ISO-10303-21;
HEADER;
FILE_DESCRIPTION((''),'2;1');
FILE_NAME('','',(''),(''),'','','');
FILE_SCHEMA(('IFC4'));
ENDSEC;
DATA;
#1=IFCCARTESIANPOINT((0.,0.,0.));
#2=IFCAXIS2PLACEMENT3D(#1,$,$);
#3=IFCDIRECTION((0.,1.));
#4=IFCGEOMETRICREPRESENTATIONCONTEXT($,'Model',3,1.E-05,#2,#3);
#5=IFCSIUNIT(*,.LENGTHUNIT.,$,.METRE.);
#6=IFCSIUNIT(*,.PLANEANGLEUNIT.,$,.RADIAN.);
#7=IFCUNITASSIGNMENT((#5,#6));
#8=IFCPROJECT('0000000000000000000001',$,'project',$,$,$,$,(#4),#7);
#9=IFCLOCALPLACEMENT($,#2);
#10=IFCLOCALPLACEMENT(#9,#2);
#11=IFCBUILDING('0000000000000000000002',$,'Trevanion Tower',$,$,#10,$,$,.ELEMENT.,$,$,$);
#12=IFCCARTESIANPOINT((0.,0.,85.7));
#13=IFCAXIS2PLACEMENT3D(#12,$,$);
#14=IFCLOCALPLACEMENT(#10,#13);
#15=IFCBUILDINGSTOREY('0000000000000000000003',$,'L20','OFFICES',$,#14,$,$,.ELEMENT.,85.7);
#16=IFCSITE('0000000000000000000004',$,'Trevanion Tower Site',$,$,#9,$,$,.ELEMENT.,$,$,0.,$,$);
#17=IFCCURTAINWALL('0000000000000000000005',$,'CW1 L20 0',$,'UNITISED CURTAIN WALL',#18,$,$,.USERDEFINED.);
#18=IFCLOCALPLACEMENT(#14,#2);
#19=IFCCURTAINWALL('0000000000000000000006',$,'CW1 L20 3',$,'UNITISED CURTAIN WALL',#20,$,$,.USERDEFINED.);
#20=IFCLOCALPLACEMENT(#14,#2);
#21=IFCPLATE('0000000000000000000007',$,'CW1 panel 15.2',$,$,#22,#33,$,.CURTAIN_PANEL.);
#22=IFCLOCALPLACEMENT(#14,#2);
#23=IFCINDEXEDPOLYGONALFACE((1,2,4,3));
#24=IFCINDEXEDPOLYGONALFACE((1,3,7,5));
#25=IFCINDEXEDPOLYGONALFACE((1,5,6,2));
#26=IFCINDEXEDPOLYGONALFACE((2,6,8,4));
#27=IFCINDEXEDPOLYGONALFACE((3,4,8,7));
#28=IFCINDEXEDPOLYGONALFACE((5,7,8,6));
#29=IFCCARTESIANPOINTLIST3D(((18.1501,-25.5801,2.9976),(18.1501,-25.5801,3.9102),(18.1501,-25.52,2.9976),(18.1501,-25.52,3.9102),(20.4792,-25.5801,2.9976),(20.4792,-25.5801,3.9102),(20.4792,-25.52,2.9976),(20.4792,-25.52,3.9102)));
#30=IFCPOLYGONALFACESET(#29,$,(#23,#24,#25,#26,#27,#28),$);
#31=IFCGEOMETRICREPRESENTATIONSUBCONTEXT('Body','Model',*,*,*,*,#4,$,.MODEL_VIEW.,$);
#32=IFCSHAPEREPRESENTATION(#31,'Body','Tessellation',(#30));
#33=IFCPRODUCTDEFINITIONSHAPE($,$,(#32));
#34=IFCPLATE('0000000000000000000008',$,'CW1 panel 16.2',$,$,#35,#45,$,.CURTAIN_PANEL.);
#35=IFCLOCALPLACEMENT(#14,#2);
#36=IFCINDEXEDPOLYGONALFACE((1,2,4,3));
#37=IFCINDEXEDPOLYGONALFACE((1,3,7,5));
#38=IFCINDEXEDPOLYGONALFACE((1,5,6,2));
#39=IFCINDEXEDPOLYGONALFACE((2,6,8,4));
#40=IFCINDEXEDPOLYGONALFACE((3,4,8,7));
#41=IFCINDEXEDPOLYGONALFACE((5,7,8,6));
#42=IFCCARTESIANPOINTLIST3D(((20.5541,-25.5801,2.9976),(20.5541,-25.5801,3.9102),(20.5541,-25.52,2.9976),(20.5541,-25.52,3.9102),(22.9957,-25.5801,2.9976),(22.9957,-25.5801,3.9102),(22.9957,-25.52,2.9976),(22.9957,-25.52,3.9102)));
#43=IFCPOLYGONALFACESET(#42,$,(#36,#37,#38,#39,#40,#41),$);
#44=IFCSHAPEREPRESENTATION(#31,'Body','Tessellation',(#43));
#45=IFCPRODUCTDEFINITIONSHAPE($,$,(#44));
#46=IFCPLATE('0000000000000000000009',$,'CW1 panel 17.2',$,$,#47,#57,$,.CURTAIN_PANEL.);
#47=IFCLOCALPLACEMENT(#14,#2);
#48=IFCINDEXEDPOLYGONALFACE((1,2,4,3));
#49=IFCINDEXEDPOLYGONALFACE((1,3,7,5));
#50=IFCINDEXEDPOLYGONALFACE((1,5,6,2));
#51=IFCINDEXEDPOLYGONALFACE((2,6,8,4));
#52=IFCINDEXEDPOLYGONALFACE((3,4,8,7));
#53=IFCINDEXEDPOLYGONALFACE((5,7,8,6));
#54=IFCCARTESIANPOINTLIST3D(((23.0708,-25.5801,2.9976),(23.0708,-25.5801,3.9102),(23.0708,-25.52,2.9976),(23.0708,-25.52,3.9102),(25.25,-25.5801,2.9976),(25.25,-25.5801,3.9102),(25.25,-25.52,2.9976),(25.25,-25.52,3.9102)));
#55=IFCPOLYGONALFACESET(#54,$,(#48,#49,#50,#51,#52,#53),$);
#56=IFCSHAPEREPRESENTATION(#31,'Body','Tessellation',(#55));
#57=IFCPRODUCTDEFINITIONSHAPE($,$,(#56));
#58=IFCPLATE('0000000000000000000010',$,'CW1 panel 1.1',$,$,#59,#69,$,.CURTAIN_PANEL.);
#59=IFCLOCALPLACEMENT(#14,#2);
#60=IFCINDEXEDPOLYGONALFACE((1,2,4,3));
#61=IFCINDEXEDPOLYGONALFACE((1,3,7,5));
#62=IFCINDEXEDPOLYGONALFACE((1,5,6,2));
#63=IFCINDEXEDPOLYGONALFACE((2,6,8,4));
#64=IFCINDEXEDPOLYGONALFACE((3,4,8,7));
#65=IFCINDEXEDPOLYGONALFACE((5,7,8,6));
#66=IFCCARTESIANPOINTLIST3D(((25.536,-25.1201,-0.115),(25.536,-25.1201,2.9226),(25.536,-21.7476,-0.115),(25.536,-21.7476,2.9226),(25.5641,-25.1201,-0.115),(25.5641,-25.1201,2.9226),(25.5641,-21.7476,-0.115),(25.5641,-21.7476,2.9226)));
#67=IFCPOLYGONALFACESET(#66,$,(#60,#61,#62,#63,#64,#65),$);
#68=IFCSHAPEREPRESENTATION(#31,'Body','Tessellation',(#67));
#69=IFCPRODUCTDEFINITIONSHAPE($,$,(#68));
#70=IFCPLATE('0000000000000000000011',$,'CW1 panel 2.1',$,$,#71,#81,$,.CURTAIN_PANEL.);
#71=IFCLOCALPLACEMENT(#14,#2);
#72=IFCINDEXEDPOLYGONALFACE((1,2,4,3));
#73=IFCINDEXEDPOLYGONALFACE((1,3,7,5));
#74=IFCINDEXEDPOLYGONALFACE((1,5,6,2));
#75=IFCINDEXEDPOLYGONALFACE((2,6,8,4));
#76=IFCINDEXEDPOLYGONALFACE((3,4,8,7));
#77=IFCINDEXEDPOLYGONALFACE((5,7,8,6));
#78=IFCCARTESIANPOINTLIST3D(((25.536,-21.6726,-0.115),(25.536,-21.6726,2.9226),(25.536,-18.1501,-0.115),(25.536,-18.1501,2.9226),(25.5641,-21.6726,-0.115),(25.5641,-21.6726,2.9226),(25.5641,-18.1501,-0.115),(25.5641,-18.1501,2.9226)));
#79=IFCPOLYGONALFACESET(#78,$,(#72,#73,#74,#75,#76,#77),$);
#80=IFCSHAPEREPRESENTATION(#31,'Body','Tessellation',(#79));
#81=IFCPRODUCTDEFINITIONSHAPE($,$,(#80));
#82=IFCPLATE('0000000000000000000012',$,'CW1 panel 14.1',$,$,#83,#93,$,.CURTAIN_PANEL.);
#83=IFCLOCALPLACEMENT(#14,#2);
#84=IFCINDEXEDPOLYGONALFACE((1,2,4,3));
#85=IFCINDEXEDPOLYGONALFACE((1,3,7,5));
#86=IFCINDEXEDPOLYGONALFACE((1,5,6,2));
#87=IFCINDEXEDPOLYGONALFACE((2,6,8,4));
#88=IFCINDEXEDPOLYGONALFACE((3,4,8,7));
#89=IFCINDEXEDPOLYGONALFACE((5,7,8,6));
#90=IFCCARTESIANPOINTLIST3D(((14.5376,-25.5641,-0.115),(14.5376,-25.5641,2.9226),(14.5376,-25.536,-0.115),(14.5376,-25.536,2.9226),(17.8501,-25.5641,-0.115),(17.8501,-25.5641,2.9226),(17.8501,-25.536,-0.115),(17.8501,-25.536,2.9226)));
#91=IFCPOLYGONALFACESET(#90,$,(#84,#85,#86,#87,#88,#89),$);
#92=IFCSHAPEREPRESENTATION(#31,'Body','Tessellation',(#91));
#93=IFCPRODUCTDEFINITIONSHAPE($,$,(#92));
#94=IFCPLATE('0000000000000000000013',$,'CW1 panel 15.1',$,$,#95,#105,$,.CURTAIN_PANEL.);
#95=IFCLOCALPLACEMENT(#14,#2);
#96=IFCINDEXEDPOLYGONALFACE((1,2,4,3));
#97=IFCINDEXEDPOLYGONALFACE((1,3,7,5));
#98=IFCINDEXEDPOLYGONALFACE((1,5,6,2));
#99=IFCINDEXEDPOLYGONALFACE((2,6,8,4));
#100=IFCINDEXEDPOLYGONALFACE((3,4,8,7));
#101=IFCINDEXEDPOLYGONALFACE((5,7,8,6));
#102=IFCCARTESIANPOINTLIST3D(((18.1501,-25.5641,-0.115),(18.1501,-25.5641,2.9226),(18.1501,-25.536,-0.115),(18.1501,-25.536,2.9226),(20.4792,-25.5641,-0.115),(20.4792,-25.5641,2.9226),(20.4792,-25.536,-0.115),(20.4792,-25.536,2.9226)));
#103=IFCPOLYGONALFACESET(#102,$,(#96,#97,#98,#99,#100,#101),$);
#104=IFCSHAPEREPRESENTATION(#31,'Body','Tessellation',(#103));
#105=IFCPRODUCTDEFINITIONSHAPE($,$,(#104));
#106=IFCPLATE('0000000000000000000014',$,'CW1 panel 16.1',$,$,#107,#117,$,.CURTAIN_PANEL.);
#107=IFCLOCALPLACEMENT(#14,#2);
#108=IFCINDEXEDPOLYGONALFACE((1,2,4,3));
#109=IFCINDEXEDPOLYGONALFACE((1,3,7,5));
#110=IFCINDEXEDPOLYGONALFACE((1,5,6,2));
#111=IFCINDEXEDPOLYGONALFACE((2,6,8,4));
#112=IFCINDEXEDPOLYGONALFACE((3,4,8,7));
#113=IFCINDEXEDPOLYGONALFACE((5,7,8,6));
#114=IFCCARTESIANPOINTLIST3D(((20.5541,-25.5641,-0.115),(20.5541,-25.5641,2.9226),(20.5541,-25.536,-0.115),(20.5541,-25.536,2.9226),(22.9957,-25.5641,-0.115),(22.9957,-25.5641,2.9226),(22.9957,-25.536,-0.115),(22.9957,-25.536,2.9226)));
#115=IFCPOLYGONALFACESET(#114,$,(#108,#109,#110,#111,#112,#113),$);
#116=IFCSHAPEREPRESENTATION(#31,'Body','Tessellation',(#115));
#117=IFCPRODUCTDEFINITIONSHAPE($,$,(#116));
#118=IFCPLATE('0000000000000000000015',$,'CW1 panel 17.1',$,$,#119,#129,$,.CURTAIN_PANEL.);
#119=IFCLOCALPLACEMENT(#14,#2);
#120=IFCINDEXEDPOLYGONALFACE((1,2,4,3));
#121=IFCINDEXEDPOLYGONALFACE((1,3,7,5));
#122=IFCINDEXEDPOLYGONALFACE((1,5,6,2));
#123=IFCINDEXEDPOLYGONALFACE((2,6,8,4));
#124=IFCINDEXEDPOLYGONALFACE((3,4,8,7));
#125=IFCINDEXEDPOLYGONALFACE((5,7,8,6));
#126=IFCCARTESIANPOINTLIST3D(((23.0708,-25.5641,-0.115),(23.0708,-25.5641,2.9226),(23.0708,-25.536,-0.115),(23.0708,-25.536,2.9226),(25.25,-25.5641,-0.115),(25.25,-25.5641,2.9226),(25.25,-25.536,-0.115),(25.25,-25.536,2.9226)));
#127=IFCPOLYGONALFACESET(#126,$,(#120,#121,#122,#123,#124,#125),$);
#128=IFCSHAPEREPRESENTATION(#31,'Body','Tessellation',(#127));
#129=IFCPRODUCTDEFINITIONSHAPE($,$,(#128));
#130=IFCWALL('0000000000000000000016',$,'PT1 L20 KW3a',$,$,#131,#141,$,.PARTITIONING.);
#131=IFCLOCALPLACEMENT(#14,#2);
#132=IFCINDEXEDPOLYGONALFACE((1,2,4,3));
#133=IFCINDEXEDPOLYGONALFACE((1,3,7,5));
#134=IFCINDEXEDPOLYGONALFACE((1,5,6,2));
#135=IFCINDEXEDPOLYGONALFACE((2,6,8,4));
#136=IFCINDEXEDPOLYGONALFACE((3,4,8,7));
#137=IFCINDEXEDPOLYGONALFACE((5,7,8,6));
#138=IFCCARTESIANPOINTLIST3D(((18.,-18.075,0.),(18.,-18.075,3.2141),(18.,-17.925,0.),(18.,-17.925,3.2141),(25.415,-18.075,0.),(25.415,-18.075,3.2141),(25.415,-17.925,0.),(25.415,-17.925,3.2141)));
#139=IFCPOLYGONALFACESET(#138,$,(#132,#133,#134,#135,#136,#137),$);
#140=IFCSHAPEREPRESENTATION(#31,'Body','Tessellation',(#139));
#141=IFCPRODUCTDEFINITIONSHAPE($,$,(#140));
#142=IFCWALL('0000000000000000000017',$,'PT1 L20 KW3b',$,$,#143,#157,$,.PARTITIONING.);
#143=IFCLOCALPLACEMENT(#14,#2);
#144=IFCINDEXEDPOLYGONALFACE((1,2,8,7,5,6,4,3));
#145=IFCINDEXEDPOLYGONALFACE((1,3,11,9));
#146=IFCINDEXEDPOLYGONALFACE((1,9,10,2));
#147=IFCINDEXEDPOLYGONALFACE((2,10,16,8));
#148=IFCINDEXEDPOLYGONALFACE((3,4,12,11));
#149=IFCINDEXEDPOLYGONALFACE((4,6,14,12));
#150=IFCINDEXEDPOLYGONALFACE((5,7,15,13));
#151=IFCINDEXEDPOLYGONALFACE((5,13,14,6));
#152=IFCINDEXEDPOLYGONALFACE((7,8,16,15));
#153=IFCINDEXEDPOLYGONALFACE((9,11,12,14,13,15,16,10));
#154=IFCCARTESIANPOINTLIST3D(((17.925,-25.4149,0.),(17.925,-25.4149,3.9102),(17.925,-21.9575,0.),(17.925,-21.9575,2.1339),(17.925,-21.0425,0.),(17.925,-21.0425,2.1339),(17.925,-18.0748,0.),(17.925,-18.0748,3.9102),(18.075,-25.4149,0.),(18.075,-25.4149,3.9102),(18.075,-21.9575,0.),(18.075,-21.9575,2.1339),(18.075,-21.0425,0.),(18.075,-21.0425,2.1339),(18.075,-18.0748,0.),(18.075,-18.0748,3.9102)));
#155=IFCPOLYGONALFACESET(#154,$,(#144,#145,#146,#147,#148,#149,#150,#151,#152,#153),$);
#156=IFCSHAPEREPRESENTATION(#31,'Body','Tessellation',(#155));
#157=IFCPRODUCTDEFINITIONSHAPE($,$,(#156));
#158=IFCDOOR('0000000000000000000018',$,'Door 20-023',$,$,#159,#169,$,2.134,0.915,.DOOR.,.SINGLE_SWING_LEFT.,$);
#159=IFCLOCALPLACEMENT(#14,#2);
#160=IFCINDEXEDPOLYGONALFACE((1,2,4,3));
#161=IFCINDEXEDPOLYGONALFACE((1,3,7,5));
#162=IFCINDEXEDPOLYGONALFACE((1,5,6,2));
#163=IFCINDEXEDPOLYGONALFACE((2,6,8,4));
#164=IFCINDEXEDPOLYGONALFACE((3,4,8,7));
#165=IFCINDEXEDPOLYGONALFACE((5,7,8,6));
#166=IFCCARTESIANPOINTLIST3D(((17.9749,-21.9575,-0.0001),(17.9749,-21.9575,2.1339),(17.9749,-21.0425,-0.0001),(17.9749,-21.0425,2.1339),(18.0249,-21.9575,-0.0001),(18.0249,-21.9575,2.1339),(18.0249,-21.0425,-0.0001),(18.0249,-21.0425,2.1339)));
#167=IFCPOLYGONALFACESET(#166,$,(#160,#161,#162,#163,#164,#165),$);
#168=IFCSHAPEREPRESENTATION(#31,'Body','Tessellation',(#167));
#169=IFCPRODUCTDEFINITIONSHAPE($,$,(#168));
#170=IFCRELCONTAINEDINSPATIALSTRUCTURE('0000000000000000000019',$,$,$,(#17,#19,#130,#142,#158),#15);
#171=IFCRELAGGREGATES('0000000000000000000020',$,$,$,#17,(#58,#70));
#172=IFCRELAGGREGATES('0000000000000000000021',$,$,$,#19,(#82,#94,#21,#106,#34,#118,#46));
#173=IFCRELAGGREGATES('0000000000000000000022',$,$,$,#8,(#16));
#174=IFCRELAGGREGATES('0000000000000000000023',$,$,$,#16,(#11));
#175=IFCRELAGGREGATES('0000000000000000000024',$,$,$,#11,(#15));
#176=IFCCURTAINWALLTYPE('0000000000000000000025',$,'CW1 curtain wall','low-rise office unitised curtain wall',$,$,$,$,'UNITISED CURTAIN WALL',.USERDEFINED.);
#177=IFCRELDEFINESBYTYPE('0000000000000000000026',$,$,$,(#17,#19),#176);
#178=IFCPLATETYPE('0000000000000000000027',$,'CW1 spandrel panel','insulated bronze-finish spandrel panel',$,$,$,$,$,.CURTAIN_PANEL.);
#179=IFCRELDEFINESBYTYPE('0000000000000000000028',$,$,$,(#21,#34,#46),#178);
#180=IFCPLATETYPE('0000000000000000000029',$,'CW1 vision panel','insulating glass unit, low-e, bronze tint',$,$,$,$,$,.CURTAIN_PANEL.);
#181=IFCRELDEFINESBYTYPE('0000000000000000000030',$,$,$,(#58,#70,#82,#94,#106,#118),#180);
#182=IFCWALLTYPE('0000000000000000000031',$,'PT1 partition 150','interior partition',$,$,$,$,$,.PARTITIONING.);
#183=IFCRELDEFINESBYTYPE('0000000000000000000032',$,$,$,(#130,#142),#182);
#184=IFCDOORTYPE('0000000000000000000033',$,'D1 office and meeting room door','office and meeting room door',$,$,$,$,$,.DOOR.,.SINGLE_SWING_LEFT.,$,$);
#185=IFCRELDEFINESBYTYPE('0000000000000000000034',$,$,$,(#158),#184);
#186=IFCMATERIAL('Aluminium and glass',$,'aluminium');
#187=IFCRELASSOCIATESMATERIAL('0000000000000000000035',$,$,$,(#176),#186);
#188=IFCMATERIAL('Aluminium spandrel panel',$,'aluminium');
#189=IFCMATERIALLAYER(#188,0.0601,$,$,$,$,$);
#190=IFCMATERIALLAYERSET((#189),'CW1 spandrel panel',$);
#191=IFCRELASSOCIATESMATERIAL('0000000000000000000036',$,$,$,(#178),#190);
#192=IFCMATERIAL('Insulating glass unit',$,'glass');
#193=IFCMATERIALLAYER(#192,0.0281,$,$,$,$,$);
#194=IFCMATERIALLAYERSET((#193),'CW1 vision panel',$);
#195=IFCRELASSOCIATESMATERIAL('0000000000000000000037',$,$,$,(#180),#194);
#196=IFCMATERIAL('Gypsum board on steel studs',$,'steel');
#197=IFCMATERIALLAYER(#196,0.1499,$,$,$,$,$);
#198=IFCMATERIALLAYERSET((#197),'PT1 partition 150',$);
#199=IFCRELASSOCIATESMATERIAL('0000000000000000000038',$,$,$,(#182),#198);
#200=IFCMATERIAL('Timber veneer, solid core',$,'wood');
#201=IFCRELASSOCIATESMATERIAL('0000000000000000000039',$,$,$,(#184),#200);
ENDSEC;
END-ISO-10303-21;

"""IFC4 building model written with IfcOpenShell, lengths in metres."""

from ifc_helpers import new_model, si_unit, direction, frame, frame_2d, origin, origin_2d, place, context, subcontext, project, spatial, rectangle, extrude, material, layer, layer_set, type_object, element, fill, aggregate, save


model = new_model("IFC4")

# Units and contexts
model_context = context("Model", 3, precision=1e-05, world=origin(), true_north=direction((0.0, 1.0)))
body_context = subcontext(model_context, "Body", "Model", "MODEL_VIEW")
ifc_project = project(units=[si_unit("LENGTHUNIT", "METRE"), si_unit("PLANEANGLEUNIT", "RADIAN")], contexts=[model_context])

# Site, building, storey
site_placement = place(None, origin())
site = spatial("IfcSite", under=ifc_project, at=site_placement, Name="Trevanion Tower Site", CompositionType="ELEMENT", RefElevation=0.0)
building_placement = place(site_placement, origin())
building = spatial("IfcBuilding", under=site, at=building_placement, Name="Trevanion Tower", CompositionType="ELEMENT")
storey_placement = place(building_placement, frame((0.0, 0.0, 85.7)))
storey = spatial("IfcBuildingStorey", under=building, at=storey_placement, Name="L20", Description="OFFICES", CompositionType="ELEMENT", Elevation=85.7)

# Curtain wall
ifc_material_1 = material(Name="Aluminium and glass", Category="aluminium")
curtain_wall_type = type_object("IfcCurtainWallType", Name="CW1 curtain wall", Description="low-rise office unitised curtain wall", ElementType="UNITISED CURTAIN WALL", PredefinedType="USERDEFINED", material=ifc_material_1)
curtain_wall_1_placement = place(storey_placement, origin())
curtain_wall_1 = element("IfcCurtainWall", 1, at=curtain_wall_1_placement, inside=storey, type_object=curtain_wall_type, Name="CW1 L20 0", ObjectType="UNITISED CURTAIN WALL", PredefinedType="USERDEFINED")

# Curtain wall
curtain_wall_2_placement = place(storey_placement, origin())
curtain_wall_2 = element("IfcCurtainWall", 2, at=curtain_wall_2_placement, inside=storey, type_object=curtain_wall_type, Name="CW1 L20 3", ObjectType="UNITISED CURTAIN WALL", PredefinedType="USERDEFINED")

# Plates
ifc_material_2 = material(Name="Aluminium spandrel panel", Category="aluminium")
ifc_layer_1 = layer(ifc_material_2, 0.0601)
ifc_layer_set_1 = layer_set([ifc_layer_1], Name="CW1 spandrel panel")
plate_type_1 = type_object("IfcPlateType", Name="CW1 spandrel panel", Description="insulated bronze-finish spandrel panel", PredefinedType="CURTAIN_PANEL", material=ifc_layer_set_1)
plate_1_placement = place(storey_placement, frame((19.3147, -25.55, 2.9976), z_axis=(0.0, 0.0, 1.0), x_axis=(1.0, 0.0, 0.0)))
plate_1 = element("IfcPlate", 3, at=plate_1_placement, type_object=plate_type_1, Name="CW1 panel 15.2", PredefinedType="CURTAIN_PANEL", context=body_context, shape_type="SweptSolid", body=[
    extrude(rectangle(XDim=2.3291, YDim=0.0601, at=origin_2d()), origin(), (0.0, 0.0, 1.0), 0.9126),
])
plate_2_placement = place(storey_placement, frame((21.7749, -25.55, 2.9976), z_axis=(0.0, 0.0, 1.0), x_axis=(1.0, 0.0, 0.0)))
plate_2 = element("IfcPlate", 4, at=plate_2_placement, type_object=plate_type_1, Name="CW1 panel 16.2", PredefinedType="CURTAIN_PANEL", context=body_context, shape_type="SweptSolid", body=[
    extrude(rectangle(XDim=2.4417, YDim=0.0601, at=origin_2d()), origin(), (0.0, 0.0, 1.0), 0.9126),
])
plate_3_placement = place(storey_placement, frame((24.1604, -25.55, 2.9976), z_axis=(0.0, 0.0, 1.0), x_axis=(1.0, 0.0, 0.0)))
plate_3 = element("IfcPlate", 5, at=plate_3_placement, type_object=plate_type_1, Name="CW1 panel 17.2", PredefinedType="CURTAIN_PANEL", context=body_context, shape_type="SweptSolid", body=[
    extrude(rectangle(XDim=2.1792, YDim=0.0601, at=origin_2d()), origin(), (0.0, 0.0, 1.0), 0.9126),
])
ifc_material_3 = material(Name="Insulating glass unit", Category="glass")
ifc_layer_2 = layer(ifc_material_3, 0.0281)
ifc_layer_set_2 = layer_set([ifc_layer_2], Name="CW1 vision panel")
plate_type_2 = type_object("IfcPlateType", Name="CW1 vision panel", Description="insulating glass unit, low-e, bronze tint", PredefinedType="CURTAIN_PANEL", material=ifc_layer_set_2)
plate_4_placement = place(storey_placement, frame((25.55, -23.4338, -0.115), z_axis=(0.0, 0.0, 1.0), x_axis=(0.0, 1.0, 0.0)))
plate_4 = element("IfcPlate", 6, at=plate_4_placement, type_object=plate_type_2, Name="CW1 panel 1.1", PredefinedType="CURTAIN_PANEL", context=body_context, shape_type="SweptSolid", body=[
    extrude(rectangle(XDim=3.3726, YDim=0.0281, at=origin_2d()), origin(), (0.0, 0.0, 1.0), 3.0376),
])
plate_5_placement = place(storey_placement, frame((25.55, -19.9114, -0.115), z_axis=(0.0, 0.0, 1.0), x_axis=(0.0, 1.0, 0.0)))
plate_5 = element("IfcPlate", 7, at=plate_5_placement, type_object=plate_type_2, Name="CW1 panel 2.1", PredefinedType="CURTAIN_PANEL", context=body_context, shape_type="SweptSolid", body=[
    extrude(rectangle(XDim=3.5225, YDim=0.0281, at=origin_2d()), origin(), (0.0, 0.0, 1.0), 3.0376),
])
aggregate(curtain_wall_1, [plate_4, plate_5])
plate_6_placement = place(storey_placement, frame((16.1938, -25.55, -0.115), z_axis=(0.0, 0.0, 1.0), x_axis=(1.0, 0.0, 0.0)))
plate_6 = element("IfcPlate", 8, at=plate_6_placement, type_object=plate_type_2, Name="CW1 panel 14.1", PredefinedType="CURTAIN_PANEL", context=body_context, shape_type="SweptSolid", body=[
    extrude(rectangle(XDim=3.3125, YDim=0.0281, at=origin_2d()), origin(), (0.0, 0.0, 1.0), 3.0376),
])
plate_7_placement = place(storey_placement, frame((19.3147, -25.55, -0.115), z_axis=(0.0, 0.0, 1.0), x_axis=(1.0, 0.0, 0.0)))
plate_7 = element("IfcPlate", 9, at=plate_7_placement, type_object=plate_type_2, Name="CW1 panel 15.1", PredefinedType="CURTAIN_PANEL", context=body_context, shape_type="SweptSolid", body=[
    extrude(rectangle(XDim=2.3291, YDim=0.0281, at=origin_2d()), origin(), (0.0, 0.0, 1.0), 3.0376),
])
plate_8_placement = place(storey_placement, frame((21.7749, -25.55, -0.115), z_axis=(0.0, 0.0, 1.0), x_axis=(1.0, 0.0, 0.0)))
plate_8 = element("IfcPlate", 10, at=plate_8_placement, type_object=plate_type_2, Name="CW1 panel 16.1", PredefinedType="CURTAIN_PANEL", context=body_context, shape_type="SweptSolid", body=[
    extrude(rectangle(XDim=2.4417, YDim=0.0281, at=origin_2d()), origin(), (0.0, 0.0, 1.0), 3.0376),
])
plate_9_placement = place(storey_placement, frame((24.1604, -25.55, -0.115), z_axis=(0.0, 0.0, 1.0), x_axis=(1.0, 0.0, 0.0)))
plate_9 = element("IfcPlate", 11, at=plate_9_placement, type_object=plate_type_2, Name="CW1 panel 17.1", PredefinedType="CURTAIN_PANEL", context=body_context, shape_type="SweptSolid", body=[
    extrude(rectangle(XDim=2.1792, YDim=0.0281, at=origin_2d()), origin(), (0.0, 0.0, 1.0), 3.0376),
])
aggregate(curtain_wall_2, [plate_6, plate_7, plate_1, plate_8, plate_2, plate_9, plate_3])

# Wall
ifc_material_4 = material(Name="Gypsum board on steel studs", Category="steel")
ifc_layer_3 = layer(ifc_material_4, 0.1499)
ifc_layer_set_3 = layer_set([ifc_layer_3], Name="PT1 partition 150")
wall_type = type_object("IfcWallType", Name="PT1 partition 150", Description="interior partition", PredefinedType="PARTITIONING", material=ifc_layer_set_3)
wall_1_placement = place(storey_placement, frame((18.0, -18.0, 0.0), z_axis=(0.0, 0.0, 1.0), x_axis=(1.0, 0.0, 0.0)))
element("IfcWall", 12, at=wall_1_placement, inside=storey, type_object=wall_type, Name="PT1 L20 KW3a", PredefinedType="PARTITIONING", context=body_context, shape_type="SweptSolid", body=[
    extrude(rectangle(XDim=7.415, YDim=0.1499, at=frame_2d((3.7075, 0.0))), origin(), (0.0, 0.0, 1.0), 3.2141),
])

# Wall, opening, door
wall_2_placement = place(storey_placement, frame((18.0, -18.075, 0.0), z_axis=(0.0, 0.0, 1.0), x_axis=(0.0, -1.0, 0.0)))
wall_2 = element("IfcWall", 13, at=wall_2_placement, inside=storey, type_object=wall_type, Name="PT1 L20 KW3b", PredefinedType="PARTITIONING", context=body_context, shape_type="SweptSolid", body=[
    extrude(rectangle(XDim=7.3401, YDim=0.1499, at=frame_2d((3.6699, 0.0))), origin(), (0.0, 0.0, 1.0), 3.9102),
])
opening_placement = place(wall_2_placement, frame((2.9675, 0.0, 0.0)))
opening = element("IfcOpeningElement", 14, at=opening_placement, cuts=wall_2, PredefinedType="OPENING", context=body_context, shape_type="SweptSolid", body=[
    extrude(rectangle(XDim=0.915, YDim=2.134, at=frame_2d((0.4575, 1.0669))), frame((0.0, 0.085, 0.0), z_axis=(0.0, -1.0, 0.0), x_axis=(1.0, 0.0, 0.0)), (0.0, 0.0, 1.0), 0.1699),
])
ifc_material_5 = material(Name="Timber veneer, solid core", Category="wood")
door_type = type_object("IfcDoorType", Name="D1 office and meeting room door", Description="office and meeting room door", OperationType="SINGLE_SWING_LEFT", PredefinedType="DOOR", material=ifc_material_5)
door_placement = place(opening_placement, origin())
door = element("IfcDoor", 15, at=door_placement, inside=storey, type_object=door_type, Name="Door 20-023", OperationType="SINGLE_SWING_LEFT", OverallHeight=2.134, OverallWidth=0.915, PredefinedType="DOOR", context=body_context, shape_type="SweptSolid", body=[
    extrude(rectangle(XDim=0.915, YDim=2.134, at=frame_2d((0.4575, 1.0669))), frame((0.0, 0.0249, 0.0), z_axis=(0.0, -1.0, 0.0), x_axis=(1.0, 0.0, 0.0)), (0.0, 0.0, 1.0), 0.05),
])
fill(opening, door)

save(model, "model.ifc")
